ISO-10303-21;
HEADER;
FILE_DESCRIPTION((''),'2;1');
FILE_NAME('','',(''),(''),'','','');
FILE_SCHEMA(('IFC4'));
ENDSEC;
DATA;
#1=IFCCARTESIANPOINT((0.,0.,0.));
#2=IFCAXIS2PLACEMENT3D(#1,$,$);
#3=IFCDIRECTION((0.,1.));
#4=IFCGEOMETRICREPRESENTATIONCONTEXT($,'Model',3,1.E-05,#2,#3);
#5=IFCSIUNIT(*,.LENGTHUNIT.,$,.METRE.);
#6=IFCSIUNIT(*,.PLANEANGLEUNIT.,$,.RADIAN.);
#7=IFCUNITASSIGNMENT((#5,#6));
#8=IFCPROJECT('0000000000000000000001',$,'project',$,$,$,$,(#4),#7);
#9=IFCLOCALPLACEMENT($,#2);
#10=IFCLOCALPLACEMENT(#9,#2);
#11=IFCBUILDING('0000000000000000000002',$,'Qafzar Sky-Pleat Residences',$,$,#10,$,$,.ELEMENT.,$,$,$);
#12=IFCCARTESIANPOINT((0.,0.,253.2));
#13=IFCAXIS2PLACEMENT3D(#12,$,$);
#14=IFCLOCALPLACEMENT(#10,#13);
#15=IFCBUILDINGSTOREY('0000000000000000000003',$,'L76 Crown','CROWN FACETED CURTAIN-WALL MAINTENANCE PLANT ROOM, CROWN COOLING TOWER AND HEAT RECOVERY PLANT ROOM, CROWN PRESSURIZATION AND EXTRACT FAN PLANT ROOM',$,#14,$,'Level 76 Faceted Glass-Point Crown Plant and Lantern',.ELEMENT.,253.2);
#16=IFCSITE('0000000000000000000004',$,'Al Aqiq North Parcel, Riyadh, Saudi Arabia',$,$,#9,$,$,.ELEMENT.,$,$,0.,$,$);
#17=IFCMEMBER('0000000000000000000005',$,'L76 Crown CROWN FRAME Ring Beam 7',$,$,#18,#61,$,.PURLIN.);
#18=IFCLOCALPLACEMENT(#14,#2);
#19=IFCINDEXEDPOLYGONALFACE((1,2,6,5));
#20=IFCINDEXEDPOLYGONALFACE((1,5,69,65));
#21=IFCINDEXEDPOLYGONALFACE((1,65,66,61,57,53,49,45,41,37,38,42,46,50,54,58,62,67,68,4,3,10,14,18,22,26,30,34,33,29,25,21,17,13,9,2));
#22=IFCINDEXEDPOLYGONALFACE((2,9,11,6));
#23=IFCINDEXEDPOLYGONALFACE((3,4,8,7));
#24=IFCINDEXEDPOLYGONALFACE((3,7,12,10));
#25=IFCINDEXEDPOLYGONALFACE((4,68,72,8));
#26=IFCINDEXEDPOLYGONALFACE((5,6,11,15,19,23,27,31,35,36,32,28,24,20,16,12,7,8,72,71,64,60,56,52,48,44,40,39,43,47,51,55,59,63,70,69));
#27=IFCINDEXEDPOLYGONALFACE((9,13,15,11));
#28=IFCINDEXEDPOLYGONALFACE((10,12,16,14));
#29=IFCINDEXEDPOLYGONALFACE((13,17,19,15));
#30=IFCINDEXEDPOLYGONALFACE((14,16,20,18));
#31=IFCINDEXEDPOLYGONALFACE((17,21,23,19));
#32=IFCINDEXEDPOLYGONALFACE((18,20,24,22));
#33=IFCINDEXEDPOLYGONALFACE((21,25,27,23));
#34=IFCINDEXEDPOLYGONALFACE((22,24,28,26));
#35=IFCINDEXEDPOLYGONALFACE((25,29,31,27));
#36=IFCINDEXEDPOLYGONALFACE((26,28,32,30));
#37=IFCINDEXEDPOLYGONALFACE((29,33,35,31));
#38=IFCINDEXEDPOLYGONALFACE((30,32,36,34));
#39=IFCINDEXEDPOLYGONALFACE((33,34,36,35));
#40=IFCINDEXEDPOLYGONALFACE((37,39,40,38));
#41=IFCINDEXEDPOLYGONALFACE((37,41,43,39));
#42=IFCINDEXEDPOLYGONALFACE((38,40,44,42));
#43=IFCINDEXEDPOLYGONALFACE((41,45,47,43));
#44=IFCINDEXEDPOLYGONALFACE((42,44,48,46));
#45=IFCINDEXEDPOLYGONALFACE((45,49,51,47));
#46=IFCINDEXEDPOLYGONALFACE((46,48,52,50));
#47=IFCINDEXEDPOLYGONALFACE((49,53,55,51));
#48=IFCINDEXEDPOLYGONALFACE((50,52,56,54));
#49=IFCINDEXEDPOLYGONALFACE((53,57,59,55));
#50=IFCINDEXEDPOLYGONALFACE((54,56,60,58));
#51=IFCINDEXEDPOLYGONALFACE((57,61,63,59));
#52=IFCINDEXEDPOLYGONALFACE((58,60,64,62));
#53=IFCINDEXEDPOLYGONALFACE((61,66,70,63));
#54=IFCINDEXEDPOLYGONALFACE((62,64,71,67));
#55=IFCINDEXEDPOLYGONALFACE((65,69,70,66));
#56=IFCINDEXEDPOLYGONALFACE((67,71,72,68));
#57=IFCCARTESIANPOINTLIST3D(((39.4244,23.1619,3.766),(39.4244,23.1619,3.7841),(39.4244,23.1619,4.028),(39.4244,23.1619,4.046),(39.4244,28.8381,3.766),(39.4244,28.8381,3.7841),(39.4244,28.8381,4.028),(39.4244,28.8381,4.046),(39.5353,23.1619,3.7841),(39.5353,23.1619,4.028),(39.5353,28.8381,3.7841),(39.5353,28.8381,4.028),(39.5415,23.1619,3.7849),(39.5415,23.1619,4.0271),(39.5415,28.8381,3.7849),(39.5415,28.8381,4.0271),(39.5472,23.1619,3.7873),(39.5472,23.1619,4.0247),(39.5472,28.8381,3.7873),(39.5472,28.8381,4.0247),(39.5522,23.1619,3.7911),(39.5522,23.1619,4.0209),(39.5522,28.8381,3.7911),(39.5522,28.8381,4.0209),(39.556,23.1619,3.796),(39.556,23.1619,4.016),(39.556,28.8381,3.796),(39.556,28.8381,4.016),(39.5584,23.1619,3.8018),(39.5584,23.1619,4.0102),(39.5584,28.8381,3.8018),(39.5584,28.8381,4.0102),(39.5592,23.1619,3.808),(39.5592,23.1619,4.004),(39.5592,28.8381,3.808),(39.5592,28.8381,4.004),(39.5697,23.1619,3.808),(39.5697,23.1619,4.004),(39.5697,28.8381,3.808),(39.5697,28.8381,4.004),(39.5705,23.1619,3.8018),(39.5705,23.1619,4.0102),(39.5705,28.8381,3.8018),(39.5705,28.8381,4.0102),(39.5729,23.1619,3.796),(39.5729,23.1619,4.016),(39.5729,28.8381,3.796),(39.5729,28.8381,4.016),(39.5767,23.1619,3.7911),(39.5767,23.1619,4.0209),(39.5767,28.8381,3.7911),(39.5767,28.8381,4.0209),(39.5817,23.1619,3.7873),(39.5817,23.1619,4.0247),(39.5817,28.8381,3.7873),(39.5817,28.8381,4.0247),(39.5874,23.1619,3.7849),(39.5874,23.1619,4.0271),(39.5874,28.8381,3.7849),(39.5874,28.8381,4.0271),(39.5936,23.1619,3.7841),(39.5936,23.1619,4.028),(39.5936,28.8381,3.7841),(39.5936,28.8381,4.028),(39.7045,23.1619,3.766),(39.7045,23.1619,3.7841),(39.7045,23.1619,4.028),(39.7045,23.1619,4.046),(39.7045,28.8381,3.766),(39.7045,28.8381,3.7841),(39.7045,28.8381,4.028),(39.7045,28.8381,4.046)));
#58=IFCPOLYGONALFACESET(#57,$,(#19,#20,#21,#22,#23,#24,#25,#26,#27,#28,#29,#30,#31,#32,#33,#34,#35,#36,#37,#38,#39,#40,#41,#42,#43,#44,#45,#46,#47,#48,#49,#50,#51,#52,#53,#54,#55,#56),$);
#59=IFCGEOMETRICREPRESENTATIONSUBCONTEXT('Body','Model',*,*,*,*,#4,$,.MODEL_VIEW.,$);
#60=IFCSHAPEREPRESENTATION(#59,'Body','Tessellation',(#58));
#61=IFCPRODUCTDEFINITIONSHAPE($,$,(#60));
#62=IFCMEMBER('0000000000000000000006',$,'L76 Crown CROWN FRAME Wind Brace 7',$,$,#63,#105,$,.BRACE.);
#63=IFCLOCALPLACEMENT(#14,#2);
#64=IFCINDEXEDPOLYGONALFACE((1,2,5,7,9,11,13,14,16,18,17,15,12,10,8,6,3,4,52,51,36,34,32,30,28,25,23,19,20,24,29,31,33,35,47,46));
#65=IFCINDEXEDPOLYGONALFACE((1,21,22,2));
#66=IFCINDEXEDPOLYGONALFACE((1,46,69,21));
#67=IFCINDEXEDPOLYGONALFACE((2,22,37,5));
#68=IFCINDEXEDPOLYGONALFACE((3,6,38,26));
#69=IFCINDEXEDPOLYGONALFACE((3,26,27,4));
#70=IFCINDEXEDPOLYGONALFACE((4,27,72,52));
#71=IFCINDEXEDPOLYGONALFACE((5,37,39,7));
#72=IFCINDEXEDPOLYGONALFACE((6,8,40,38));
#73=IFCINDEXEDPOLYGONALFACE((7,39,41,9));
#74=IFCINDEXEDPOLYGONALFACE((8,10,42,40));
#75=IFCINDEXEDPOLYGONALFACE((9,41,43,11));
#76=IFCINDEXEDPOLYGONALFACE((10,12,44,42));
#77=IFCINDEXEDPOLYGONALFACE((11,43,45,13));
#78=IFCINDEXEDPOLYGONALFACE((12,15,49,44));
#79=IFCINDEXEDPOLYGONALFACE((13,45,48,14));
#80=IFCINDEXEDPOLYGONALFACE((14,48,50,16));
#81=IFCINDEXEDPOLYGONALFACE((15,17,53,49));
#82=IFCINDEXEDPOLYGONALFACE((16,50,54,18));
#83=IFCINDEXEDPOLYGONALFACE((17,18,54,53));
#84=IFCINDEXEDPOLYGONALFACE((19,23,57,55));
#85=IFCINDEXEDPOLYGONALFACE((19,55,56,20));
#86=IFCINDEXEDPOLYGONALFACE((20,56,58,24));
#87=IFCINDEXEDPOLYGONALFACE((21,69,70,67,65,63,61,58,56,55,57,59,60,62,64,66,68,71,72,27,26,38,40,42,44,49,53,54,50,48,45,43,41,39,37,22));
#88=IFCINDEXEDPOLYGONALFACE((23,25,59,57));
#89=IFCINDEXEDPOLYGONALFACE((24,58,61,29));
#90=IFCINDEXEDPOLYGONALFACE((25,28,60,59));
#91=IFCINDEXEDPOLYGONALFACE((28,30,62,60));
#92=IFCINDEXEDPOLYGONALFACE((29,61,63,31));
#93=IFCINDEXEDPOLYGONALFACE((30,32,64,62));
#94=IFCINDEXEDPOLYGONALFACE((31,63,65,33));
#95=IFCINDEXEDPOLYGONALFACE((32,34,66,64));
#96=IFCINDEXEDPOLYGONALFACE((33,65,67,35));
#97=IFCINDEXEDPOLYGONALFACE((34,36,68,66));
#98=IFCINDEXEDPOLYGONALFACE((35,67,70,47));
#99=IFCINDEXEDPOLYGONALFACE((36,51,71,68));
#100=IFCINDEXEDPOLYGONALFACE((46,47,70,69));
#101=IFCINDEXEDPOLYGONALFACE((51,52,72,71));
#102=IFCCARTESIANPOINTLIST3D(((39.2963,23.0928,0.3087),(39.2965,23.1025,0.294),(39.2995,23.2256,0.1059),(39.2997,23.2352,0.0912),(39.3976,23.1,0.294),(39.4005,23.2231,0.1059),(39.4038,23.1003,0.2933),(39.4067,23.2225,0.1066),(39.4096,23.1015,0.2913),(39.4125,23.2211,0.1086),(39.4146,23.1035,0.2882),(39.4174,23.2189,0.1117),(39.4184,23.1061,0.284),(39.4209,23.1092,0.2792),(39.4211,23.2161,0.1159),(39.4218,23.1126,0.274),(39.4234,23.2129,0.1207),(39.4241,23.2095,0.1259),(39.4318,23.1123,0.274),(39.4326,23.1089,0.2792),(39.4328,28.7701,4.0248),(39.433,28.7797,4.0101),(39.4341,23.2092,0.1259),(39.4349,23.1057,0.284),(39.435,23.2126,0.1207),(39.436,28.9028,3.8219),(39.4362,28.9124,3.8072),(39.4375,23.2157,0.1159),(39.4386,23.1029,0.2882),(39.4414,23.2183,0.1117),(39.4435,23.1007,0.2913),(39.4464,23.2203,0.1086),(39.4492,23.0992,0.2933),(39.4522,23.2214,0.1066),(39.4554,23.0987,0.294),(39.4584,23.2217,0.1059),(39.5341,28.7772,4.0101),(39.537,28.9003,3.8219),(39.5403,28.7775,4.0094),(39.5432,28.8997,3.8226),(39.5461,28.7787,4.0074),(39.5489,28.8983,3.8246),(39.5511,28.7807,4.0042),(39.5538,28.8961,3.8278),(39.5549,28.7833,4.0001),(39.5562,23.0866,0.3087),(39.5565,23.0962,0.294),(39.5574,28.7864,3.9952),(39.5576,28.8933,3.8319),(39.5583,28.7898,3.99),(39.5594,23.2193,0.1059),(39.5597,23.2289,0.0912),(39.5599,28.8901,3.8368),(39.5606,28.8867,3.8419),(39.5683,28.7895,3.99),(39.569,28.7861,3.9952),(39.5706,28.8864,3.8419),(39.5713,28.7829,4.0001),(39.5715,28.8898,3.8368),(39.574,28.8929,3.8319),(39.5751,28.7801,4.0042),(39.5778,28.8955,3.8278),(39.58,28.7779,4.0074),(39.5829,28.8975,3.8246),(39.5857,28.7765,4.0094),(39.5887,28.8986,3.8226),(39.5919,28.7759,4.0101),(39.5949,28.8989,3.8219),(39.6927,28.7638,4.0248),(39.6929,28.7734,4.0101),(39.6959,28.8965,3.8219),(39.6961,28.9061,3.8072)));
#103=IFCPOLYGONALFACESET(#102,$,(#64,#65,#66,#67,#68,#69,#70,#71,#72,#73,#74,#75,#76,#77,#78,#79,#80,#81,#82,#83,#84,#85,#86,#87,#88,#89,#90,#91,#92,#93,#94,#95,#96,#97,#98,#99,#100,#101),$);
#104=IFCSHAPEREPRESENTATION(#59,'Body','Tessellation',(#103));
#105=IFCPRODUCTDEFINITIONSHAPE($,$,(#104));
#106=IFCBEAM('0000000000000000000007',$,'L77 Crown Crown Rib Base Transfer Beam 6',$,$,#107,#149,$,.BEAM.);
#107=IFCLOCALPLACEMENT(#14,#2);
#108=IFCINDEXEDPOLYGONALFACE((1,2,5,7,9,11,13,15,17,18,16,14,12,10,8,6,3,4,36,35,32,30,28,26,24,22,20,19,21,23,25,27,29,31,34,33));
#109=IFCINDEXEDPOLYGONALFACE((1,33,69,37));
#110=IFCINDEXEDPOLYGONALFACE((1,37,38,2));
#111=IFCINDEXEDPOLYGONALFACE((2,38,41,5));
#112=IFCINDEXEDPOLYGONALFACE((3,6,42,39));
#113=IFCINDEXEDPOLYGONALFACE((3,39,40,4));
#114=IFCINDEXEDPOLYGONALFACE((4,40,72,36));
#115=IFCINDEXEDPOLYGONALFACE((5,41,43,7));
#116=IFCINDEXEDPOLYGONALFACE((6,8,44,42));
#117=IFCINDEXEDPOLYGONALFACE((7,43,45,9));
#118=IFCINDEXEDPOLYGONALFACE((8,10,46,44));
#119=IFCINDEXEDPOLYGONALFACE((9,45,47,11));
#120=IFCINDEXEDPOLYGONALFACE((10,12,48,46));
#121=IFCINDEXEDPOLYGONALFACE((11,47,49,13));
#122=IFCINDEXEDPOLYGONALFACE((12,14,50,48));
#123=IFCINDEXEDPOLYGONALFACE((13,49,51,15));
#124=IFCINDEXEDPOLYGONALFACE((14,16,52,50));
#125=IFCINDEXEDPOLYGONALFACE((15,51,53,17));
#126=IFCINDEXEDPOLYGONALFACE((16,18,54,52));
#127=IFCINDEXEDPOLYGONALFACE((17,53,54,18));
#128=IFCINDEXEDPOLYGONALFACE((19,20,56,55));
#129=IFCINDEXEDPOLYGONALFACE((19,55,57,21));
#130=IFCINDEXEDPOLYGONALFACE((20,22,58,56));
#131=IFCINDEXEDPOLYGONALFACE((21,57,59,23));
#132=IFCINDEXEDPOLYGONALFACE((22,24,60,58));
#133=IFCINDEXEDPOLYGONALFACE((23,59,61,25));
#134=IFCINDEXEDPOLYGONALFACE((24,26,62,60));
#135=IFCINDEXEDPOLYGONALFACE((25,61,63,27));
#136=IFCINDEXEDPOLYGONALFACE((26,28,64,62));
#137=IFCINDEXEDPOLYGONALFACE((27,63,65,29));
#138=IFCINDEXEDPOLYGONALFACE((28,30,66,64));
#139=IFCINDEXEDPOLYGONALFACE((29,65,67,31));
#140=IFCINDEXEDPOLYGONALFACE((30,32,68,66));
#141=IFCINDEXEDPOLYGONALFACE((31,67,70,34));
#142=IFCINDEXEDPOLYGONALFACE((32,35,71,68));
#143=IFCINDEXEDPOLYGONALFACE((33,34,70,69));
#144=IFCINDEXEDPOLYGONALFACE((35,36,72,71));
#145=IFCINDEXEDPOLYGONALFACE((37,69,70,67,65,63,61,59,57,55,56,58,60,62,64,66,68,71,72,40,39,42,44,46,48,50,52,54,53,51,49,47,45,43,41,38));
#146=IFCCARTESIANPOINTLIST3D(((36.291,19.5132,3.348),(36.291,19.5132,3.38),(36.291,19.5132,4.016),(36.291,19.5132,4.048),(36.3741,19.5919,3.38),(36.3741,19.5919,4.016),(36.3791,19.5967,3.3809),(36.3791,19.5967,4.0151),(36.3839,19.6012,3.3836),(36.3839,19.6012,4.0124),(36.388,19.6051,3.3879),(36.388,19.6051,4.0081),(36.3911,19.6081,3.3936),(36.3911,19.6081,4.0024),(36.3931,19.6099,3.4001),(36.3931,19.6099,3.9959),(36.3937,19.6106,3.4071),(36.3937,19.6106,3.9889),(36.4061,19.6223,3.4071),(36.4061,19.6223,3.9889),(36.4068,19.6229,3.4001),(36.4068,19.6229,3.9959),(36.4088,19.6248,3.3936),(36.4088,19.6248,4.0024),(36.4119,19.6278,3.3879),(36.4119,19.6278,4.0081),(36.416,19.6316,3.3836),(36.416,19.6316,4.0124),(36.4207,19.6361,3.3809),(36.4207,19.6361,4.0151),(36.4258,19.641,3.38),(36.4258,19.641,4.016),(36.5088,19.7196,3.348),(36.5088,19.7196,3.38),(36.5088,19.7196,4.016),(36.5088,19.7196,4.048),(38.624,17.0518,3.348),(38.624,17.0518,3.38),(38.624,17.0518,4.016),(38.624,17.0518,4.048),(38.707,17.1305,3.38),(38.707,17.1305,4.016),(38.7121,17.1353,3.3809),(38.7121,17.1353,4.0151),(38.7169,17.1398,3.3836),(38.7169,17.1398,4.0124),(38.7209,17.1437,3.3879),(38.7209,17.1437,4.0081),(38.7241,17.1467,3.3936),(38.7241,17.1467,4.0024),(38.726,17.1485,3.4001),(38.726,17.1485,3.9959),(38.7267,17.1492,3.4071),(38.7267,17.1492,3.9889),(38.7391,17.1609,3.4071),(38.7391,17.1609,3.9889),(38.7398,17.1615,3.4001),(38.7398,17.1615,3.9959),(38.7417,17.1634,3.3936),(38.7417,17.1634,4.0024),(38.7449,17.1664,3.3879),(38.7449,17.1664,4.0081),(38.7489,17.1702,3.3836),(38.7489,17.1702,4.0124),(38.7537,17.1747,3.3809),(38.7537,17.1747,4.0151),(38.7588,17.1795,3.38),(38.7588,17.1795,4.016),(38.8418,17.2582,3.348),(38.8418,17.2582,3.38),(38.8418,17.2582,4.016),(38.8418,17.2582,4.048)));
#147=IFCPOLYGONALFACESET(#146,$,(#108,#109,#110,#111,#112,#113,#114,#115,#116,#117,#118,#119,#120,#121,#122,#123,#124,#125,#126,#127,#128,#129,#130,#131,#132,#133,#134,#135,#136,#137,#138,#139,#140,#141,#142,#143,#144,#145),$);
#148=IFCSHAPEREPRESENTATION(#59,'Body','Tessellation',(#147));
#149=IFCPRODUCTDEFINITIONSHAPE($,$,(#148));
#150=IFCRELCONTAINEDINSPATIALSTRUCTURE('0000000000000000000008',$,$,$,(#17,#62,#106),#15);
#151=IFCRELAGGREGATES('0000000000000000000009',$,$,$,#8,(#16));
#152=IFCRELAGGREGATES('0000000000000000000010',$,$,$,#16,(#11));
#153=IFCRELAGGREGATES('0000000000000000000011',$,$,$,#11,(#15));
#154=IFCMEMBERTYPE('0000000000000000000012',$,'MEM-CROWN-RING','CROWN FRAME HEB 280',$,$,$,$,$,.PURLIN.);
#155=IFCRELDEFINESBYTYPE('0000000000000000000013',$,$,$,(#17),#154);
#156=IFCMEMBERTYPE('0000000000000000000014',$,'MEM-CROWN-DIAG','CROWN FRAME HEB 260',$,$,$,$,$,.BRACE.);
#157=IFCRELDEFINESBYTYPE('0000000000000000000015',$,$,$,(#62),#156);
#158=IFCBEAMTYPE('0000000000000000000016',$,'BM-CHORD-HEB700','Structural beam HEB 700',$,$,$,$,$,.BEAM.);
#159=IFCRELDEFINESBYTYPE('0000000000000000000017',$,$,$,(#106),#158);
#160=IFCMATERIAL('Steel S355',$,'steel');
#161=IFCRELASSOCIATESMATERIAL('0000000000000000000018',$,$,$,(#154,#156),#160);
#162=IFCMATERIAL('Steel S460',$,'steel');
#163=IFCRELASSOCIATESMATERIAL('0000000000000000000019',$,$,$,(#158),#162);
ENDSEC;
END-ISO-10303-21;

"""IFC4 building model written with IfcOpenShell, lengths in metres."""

from ifc_helpers import new_model, si_unit, direction, frame, origin, origin_2d, place, context, subcontext, project, spatial, i_section, extrude, source, transform, mapped, material, material_profile, profile_set, type_object, element, save


model = new_model("IFC4")

# Units and contexts
model_context = context("Model", 3, precision=1e-05, world=origin(), true_north=direction((0.0, 1.0)))
body_context = subcontext(model_context, "Body", "Model", "MODEL_VIEW")
ifc_project = project(units=[si_unit("LENGTHUNIT", "METRE"), si_unit("PLANEANGLEUNIT", "RADIAN")], contexts=[model_context])

# Site, building, storey
site_placement = place(None, origin())
site = spatial("IfcSite", under=ifc_project, at=site_placement, Name="Al Aqiq North Parcel, Riyadh, Saudi Arabia", CompositionType="ELEMENT", RefElevation=0.0)
building_placement = place(site_placement, origin())
building = spatial("IfcBuilding", under=site, at=building_placement, Name="Qafzar Sky-Pleat Residences", CompositionType="ELEMENT")
storey_placement = place(building_placement, frame((0.0, 0.0, 253.2)))
storey = spatial("IfcBuildingStorey", under=building, at=storey_placement, Name="L76 Crown", Description="CROWN FACETED CURTAIN-WALL MAINTENANCE PLANT ROOM, CROWN COOLING TOWER AND HEAT RECOVERY PLANT ROOM, CROWN PRESSURIZATION AND EXTRACT FAN PLANT ROOM", LongName="Level 76 Faceted Glass-Point Crown Plant and Lantern", CompositionType="ELEMENT", Elevation=253.2)

# Members
ifc_material_1 = material(Name="Steel S460", Category="steel")
ifc_material_2 = material(Name="Steel S355", Category="steel")
ifc_material_profile_1 = material_profile(ifc_material_2, i_section(OverallWidth=0.28, OverallDepth=0.28, WebThickness=0.0105, FlangeThickness=0.0181, FilletRadius=0.0239, at=origin_2d()), Name="HEB 280")
ifc_profile_set_1 = profile_set([ifc_material_profile_1], Name="Steel S355")
member_type_1 = type_object("IfcMemberType", Name="MEM-CROWN-RING", Description="CROWN FRAME HEB 280", PredefinedType="PURLIN", material=ifc_profile_set_1)
shared_shape_1 = source(origin(), body_context, "Body", "SweptSolid", [
    extrude(i_section(OverallWidth=0.28, OverallDepth=0.28, WebThickness=0.0105, FlangeThickness=0.0181, FilletRadius=0.0239, at=origin_2d()), origin(), (0.0, 0.0, 1.0), 5.6763),
])
member_1_placement = place(storey_placement, frame((39.5645, 23.1619, 3.906), z_axis=(0.0, 1.0, 0.0), x_axis=(-1.0, 0.0, 0.0)))
element("IfcMember", 1, at=member_1_placement, inside=storey, type_object=member_type_1, Name="L76 Crown CROWN FRAME Ring Beam 7", PredefinedType="PURLIN", context=body_context, shape_type="MappedRepresentation", body=[
    mapped(shared_shape_1, transform((0.0, 0.0, 0.0), x_axis=(1.0, 0.0, 0.0), y_axis=(0.0, 1.0, 0.0), z_axis=(0.0, 0.0, 1.0), scale=1.0)),
])
ifc_material_profile_2 = material_profile(ifc_material_2, i_section(OverallWidth=0.26, OverallDepth=0.26, WebThickness=0.01, FlangeThickness=0.0176, FilletRadius=0.0239, at=origin_2d()), Name="HEB 260")
ifc_profile_set_2 = profile_set([ifc_material_profile_2], Name="Steel S355")
member_type_2 = type_object("IfcMemberType", Name="MEM-CROWN-DIAG", Description="CROWN FRAME HEB 260", PredefinedType="BRACE", material=ifc_profile_set_2)
shared_shape_2 = source(origin(), body_context, "Body", "SweptSolid", [
    extrude(i_section(OverallWidth=0.26, OverallDepth=0.26, WebThickness=0.01, FlangeThickness=0.0176, FilletRadius=0.0239, at=origin_2d()), origin(), (0.0, 0.0, 1.0), 6.7866),
])
member_2_placement = place(storey_placement, frame((39.428, 23.1609, 0.2), z_axis=(0.020109, 0.836529, 0.547553), x_axis=(-0.999711, 0.024032, 0.0)))
element("IfcMember", 2, at=member_2_placement, inside=storey, type_object=member_type_2, Name="L76 Crown CROWN FRAME Wind Brace 7", PredefinedType="BRACE", context=body_context, shape_type="MappedRepresentation", body=[
    mapped(shared_shape_2, transform((0.0, 0.0, 0.0), x_axis=(1.0, 0.0, 0.0), y_axis=(0.0, 1.0, 0.0), z_axis=(0.0, 0.0, 1.0), scale=1.0)),
])

# Beam
ifc_material_profile_3 = material_profile(ifc_material_1, i_section(OverallWidth=0.3, OverallDepth=0.7, WebThickness=0.0171, FlangeThickness=0.032, FilletRadius=0.0271, at=origin_2d()), Name="HEB 700")
ifc_profile_set_3 = profile_set([ifc_material_profile_3], Name="Steel S460")
beam_type = type_object("IfcBeamType", Name="BM-CHORD-HEB700", Description="Structural beam HEB 700", PredefinedType="BEAM", material=ifc_profile_set_3)
shared_shape_3 = source(origin(), body_context, "Body", "SweptSolid", [
    extrude(i_section(OverallWidth=0.3, OverallDepth=0.7, WebThickness=0.0171, FlangeThickness=0.032, FilletRadius=0.0271, at=origin_2d()), origin(), (0.0, 0.0, 1.0), 3.3914),
])
beam_1_placement = place(storey_placement, frame((38.7329, 17.155, 3.698), z_axis=(-0.68792, 0.725786, 0.0), x_axis=(-0.725786, -0.68792, 0.0)))
element("IfcBeam", 3, at=beam_1_placement, inside=storey, type_object=beam_type, Name="L77 Crown Crown Rib Base Transfer Beam 6", PredefinedType="BEAM", context=body_context, shape_type="MappedRepresentation", body=[
    mapped(shared_shape_3, transform((0.0, 0.0, 0.0), x_axis=(1.0, 0.0, 0.0), y_axis=(0.0, 1.0, 0.0), z_axis=(0.0, 0.0, 1.0), scale=1.0)),
])

save(model, "model.ifc")
